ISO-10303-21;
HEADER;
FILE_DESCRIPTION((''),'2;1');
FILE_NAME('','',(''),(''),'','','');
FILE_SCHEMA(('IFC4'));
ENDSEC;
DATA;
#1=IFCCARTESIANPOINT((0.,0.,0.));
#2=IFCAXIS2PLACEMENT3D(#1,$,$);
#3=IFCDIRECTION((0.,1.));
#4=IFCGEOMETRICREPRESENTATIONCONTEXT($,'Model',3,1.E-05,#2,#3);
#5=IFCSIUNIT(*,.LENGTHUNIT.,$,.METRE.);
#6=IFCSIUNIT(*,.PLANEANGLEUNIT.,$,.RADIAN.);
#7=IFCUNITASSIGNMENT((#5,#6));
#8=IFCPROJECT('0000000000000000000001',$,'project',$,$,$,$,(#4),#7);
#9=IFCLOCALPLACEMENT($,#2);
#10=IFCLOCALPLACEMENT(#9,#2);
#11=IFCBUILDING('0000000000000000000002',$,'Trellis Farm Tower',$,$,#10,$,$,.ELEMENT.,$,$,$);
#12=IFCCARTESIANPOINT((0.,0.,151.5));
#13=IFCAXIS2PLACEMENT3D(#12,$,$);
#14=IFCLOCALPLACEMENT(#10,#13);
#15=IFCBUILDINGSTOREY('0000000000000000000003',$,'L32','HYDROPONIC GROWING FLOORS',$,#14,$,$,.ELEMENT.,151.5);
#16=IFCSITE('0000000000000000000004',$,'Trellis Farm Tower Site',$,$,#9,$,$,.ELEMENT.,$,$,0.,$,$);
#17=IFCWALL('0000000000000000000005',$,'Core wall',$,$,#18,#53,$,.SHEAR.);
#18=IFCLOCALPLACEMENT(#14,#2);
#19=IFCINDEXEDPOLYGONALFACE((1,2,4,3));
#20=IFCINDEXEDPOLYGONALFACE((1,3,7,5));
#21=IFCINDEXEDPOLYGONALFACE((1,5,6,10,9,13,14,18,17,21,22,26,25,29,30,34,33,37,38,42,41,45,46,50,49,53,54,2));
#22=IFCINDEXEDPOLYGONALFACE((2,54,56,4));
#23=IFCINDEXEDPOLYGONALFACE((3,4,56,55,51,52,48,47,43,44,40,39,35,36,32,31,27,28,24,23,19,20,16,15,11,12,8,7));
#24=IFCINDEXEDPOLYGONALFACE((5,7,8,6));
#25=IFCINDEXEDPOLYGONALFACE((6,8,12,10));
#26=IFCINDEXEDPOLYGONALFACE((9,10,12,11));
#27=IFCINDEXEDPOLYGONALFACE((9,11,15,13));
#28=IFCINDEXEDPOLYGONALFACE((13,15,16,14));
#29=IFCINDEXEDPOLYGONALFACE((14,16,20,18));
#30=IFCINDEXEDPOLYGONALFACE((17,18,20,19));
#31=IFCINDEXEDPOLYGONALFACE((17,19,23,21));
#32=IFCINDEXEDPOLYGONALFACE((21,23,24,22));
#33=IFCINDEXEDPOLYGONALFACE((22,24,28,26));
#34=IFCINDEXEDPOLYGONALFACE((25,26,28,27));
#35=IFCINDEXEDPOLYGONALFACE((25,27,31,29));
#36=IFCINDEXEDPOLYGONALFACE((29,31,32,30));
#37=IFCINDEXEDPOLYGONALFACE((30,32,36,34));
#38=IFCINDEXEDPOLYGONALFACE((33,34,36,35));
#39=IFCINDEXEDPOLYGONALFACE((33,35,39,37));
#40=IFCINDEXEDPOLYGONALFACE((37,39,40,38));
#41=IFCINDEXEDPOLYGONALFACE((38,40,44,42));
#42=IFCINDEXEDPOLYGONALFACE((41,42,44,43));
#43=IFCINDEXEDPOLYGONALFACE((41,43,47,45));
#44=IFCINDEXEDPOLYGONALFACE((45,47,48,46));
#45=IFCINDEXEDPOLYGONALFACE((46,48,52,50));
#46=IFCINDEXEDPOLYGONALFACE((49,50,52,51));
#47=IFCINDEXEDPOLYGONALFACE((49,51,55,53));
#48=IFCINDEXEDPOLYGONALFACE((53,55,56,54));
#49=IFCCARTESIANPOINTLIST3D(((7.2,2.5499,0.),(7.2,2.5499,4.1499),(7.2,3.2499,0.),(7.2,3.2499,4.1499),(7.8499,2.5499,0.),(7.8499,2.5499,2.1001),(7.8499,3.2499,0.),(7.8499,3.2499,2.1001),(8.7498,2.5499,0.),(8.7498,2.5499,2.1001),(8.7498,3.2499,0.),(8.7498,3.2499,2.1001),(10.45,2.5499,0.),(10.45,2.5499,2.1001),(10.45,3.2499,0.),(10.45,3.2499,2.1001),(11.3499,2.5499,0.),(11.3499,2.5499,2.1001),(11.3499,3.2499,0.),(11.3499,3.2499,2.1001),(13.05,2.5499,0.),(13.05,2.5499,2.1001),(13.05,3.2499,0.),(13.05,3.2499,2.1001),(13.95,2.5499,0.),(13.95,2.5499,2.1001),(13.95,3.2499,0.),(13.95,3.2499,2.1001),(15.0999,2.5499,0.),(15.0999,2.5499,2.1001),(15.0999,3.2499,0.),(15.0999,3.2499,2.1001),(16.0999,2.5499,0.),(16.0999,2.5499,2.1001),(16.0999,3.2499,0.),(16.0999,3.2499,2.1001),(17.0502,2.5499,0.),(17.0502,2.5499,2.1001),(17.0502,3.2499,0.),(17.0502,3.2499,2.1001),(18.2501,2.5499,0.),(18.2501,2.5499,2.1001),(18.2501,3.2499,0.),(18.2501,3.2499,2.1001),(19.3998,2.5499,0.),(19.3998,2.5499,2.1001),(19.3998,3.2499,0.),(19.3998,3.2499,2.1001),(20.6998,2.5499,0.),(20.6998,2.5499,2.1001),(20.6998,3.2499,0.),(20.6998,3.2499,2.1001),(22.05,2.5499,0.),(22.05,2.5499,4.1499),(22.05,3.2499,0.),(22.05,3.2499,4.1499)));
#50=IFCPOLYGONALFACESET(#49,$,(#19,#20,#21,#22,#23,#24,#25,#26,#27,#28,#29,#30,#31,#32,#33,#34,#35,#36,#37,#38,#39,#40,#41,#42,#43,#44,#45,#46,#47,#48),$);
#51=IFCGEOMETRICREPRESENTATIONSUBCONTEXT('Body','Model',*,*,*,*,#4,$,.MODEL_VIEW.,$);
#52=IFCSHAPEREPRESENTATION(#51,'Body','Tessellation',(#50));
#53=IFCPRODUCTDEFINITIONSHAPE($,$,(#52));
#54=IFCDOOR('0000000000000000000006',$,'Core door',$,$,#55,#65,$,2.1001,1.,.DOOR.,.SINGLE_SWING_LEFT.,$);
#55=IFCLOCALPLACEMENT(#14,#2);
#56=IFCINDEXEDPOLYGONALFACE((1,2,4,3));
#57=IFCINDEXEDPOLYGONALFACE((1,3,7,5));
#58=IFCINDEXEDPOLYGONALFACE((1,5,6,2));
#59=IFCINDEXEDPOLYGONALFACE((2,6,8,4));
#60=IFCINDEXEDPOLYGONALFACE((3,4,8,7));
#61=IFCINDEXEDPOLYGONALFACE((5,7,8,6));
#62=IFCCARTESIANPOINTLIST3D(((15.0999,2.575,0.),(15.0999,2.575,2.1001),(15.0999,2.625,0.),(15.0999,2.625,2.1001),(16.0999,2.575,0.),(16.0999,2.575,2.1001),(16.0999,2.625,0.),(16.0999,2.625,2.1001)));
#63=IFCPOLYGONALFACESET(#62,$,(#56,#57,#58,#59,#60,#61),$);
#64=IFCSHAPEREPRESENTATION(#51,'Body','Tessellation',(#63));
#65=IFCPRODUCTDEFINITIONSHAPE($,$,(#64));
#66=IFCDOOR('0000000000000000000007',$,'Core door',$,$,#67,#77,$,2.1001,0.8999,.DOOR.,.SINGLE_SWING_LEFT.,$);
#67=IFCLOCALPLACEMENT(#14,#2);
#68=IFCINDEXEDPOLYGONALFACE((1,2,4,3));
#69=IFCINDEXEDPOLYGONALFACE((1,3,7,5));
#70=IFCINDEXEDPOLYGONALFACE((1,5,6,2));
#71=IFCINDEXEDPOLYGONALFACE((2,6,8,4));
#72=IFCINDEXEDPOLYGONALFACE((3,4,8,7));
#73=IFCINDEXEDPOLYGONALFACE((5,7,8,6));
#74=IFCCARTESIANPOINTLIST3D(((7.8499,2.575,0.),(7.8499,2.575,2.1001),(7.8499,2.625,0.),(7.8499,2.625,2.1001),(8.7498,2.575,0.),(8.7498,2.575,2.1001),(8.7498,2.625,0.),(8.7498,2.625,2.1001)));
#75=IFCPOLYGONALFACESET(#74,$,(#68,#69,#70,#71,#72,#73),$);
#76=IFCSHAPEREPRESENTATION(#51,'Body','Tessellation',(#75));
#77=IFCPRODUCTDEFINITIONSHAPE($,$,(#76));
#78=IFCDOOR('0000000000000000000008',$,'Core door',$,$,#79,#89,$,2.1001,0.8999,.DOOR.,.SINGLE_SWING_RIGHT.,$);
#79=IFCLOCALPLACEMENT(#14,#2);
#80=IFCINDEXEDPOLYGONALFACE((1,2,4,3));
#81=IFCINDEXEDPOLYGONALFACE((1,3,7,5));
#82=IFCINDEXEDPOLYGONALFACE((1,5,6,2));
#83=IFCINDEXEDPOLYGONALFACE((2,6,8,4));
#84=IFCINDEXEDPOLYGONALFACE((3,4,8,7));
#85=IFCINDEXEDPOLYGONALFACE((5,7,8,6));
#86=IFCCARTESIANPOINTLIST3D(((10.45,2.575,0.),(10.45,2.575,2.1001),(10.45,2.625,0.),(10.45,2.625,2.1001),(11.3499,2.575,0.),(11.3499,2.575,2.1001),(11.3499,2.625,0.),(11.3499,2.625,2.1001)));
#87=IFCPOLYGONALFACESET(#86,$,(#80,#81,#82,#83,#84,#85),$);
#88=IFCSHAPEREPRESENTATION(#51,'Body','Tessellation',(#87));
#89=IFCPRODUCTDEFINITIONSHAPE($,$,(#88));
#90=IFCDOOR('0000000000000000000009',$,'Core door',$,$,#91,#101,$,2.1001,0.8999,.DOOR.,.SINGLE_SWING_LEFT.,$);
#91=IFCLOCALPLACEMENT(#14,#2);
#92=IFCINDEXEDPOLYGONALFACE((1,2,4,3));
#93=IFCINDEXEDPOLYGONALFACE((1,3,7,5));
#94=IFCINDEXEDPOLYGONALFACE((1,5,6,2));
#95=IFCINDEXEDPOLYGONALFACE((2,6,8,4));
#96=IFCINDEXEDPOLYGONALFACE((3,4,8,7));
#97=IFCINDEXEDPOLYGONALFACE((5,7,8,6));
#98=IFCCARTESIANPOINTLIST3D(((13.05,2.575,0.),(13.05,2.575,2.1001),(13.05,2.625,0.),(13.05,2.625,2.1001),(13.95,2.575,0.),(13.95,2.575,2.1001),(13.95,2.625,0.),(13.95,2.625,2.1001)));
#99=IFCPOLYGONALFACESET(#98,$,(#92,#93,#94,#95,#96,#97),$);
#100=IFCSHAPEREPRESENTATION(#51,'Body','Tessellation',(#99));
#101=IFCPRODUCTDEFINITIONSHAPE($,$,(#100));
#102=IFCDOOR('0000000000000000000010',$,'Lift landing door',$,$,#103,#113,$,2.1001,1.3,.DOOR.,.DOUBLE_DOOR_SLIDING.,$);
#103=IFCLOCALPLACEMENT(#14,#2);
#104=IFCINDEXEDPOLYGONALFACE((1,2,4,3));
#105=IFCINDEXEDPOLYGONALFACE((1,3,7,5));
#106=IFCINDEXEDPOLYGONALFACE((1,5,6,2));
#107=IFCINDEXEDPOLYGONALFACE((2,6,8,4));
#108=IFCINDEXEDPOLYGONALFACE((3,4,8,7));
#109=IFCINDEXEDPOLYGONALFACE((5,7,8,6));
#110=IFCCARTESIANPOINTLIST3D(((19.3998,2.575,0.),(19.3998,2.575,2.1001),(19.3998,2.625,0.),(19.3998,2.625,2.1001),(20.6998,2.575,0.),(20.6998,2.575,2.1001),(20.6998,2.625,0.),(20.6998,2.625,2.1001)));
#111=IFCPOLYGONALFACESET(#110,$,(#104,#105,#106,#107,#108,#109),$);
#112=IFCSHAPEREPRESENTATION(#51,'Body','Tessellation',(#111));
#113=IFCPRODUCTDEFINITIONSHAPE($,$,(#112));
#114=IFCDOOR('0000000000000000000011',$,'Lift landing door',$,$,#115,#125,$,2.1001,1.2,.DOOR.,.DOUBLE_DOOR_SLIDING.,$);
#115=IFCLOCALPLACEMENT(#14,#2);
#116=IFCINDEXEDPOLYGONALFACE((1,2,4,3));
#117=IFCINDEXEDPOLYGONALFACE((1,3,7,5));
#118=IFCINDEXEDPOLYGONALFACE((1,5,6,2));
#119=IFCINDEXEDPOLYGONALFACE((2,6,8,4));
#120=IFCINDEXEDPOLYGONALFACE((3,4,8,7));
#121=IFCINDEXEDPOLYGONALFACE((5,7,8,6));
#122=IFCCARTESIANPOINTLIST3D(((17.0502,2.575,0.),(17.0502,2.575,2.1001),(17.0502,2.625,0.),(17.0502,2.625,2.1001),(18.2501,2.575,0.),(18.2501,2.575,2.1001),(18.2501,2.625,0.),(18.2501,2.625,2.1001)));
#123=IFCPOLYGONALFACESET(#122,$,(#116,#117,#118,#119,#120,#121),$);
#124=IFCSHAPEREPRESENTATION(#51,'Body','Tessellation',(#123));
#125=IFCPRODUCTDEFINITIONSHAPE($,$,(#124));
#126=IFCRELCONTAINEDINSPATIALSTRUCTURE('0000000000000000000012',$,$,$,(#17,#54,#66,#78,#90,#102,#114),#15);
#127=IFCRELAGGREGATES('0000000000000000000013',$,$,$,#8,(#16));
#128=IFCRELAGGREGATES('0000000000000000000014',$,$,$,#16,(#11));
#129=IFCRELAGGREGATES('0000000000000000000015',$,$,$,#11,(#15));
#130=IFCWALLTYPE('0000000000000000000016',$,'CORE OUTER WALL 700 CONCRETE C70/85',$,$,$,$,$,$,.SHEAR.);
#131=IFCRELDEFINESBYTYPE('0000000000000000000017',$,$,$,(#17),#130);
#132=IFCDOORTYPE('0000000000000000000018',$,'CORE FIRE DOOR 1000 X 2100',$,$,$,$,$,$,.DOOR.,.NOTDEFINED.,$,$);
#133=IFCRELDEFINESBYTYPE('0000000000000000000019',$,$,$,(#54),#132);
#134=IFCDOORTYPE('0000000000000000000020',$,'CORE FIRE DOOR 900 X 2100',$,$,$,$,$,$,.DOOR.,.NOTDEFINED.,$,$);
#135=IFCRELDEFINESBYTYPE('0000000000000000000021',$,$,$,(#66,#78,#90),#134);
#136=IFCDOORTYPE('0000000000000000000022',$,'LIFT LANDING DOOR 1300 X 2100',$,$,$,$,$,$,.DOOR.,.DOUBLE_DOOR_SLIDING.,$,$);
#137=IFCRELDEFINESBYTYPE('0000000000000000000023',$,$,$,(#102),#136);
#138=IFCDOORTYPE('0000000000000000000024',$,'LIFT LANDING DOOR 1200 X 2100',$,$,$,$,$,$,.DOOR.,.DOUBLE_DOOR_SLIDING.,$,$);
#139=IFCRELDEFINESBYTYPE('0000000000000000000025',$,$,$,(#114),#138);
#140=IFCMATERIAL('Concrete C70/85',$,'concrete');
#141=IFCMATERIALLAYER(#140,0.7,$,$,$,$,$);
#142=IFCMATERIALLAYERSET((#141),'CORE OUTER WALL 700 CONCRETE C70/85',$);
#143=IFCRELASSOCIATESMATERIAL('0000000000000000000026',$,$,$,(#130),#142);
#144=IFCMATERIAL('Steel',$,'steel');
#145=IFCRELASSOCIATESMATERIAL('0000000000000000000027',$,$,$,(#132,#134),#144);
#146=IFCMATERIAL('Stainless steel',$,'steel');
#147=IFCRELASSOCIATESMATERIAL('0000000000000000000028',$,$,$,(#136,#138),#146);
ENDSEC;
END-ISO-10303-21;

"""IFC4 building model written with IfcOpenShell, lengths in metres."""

from ifc_helpers import new_model, si_unit, direction, frame, frame_2d, origin, place, context, subcontext, project, spatial, rectangle, extrude, source, transform, mapped, material, layer, layer_set, type_object, element, fill, save


model = new_model("IFC4")

# Units and contexts
model_context = context("Model", 3, precision=1e-05, world=origin(), true_north=direction((0.0, 1.0)))
body_context = subcontext(model_context, "Body", "Model", "MODEL_VIEW")
ifc_project = project(units=[si_unit("LENGTHUNIT", "METRE"), si_unit("PLANEANGLEUNIT", "RADIAN")], contexts=[model_context])

# Site, building, storey
site_placement = place(None, origin())
site = spatial("IfcSite", under=ifc_project, at=site_placement, Name="Trellis Farm Tower Site", CompositionType="ELEMENT", RefElevation=0.0)
building_placement = place(site_placement, origin())
building = spatial("IfcBuilding", under=site, at=building_placement, Name="Trellis Farm Tower", CompositionType="ELEMENT")
storey_placement = place(building_placement, frame((0.0, 0.0, 151.5)))
storey = spatial("IfcBuildingStorey", under=building, at=storey_placement, Name="L32", Description="HYDROPONIC GROWING FLOORS", CompositionType="ELEMENT", Elevation=151.5)

# Shared definitions
ifc_material_1 = material(Name="Concrete C70/85", Category="concrete")

# Wall, openings, doors
ifc_layer_1 = layer(ifc_material_1, 0.7)
ifc_layer_set_1 = layer_set([ifc_layer_1], Name="CORE OUTER WALL 700 CONCRETE C70/85")
wall_type_1 = type_object("IfcWallType", Name="CORE OUTER WALL 700 CONCRETE C70/85", PredefinedType="SHEAR", material=ifc_layer_set_1)
shared_shape_1 = source(origin(), body_context, "Body", "SweptSolid", [
    extrude(rectangle(XDim=14.8501, YDim=0.7, at=frame_2d((7.425, 0.0))), origin(), (0.0, 0.0, 1.0), 4.1499),
])
wall_1_placement = place(storey_placement, frame((7.2, 2.8999, 0.0), z_axis=(0.0, 0.0, 1.0), x_axis=(1.0, 0.0, 0.0)))
wall_1 = element("IfcWall", 1, at=wall_1_placement, inside=storey, type_object=wall_type_1, Name="Core wall", PredefinedType="SHEAR", context=body_context, shape_type="MappedRepresentation", body=[
    mapped(shared_shape_1, transform((0.0, 0.0, 0.0))),
])
shared_shape_2 = source(origin(), body_context, "Body", "SweptSolid", [
    extrude(rectangle(XDim=1.3, YDim=2.1001, at=frame_2d((0.6499, 1.05))), frame((0.0, 0.3601, 0.0), z_axis=(0.0, -1.0, 0.0), x_axis=(1.0, 0.0, 0.0)), (0.0, 0.0, 1.0), 0.7202),
])
opening_1_placement = place(wall_1_placement, frame((12.2, 0.0, 0.0)))
opening_1 = element("IfcOpeningElement", 2, at=opening_1_placement, cuts=wall_1, PredefinedType="OPENING", context=body_context, shape_type="MappedRepresentation", body=[
    mapped(shared_shape_2, transform((0.0, 0.0, 0.0))),
])
shared_shape_3 = source(origin(), body_context, "Body", "SweptSolid", [
    extrude(rectangle(XDim=1.2, YDim=2.1001, at=frame_2d((0.6001, 1.05))), frame((0.0, 0.3601, 0.0), z_axis=(0.0, -1.0, 0.0), x_axis=(1.0, 0.0, 0.0)), (0.0, 0.0, 1.0), 0.7202),
])
opening_2_placement = place(wall_1_placement, frame((9.8501, 0.0, 0.0)))
opening_2 = element("IfcOpeningElement", 3, at=opening_2_placement, cuts=wall_1, PredefinedType="OPENING", context=body_context, shape_type="MappedRepresentation", body=[
    mapped(shared_shape_3, transform((0.0, 0.0, 0.0))),
])
shared_shape_4 = source(origin(), body_context, "Body", "SweptSolid", [
    extrude(rectangle(XDim=1.0, YDim=2.1001, at=frame_2d((0.5, 1.05))), frame((0.0, 0.3601, 0.0), z_axis=(0.0, -1.0, 0.0), x_axis=(1.0, 0.0, 0.0)), (0.0, 0.0, 1.0), 0.7202),
])
opening_3_placement = place(wall_1_placement, frame((7.8999, 0.0, 0.0)))
opening_3 = element("IfcOpeningElement", 4, at=opening_3_placement, cuts=wall_1, PredefinedType="OPENING", context=body_context, shape_type="MappedRepresentation", body=[
    mapped(shared_shape_4, transform((0.0, 0.0, 0.0))),
])
shared_shape_5 = source(origin(), body_context, "Body", "SweptSolid", [
    extrude(rectangle(XDim=0.8999, YDim=2.1001, at=frame_2d((0.45, 1.05))), frame((0.0, 0.3601, 0.0), z_axis=(0.0, -1.0, 0.0), x_axis=(1.0, 0.0, 0.0)), (0.0, 0.0, 1.0), 0.7202),
])
opening_4_placement = place(wall_1_placement, frame((0.6499, 0.0, 0.0)))
opening_4 = element("IfcOpeningElement", 5, at=opening_4_placement, cuts=wall_1, PredefinedType="OPENING", context=body_context, shape_type="MappedRepresentation", body=[
    mapped(shared_shape_5, transform((0.0, 0.0, 0.0))),
])
opening_5_placement = place(wall_1_placement, frame((3.25, 0.0, 0.0)))
opening_5 = element("IfcOpeningElement", 6, at=opening_5_placement, cuts=wall_1, PredefinedType="OPENING", context=body_context, shape_type="MappedRepresentation", body=[
    mapped(shared_shape_5, transform((0.0, 0.0, 0.0))),
])
opening_6_placement = place(wall_1_placement, frame((5.8501, 0.0, 0.0)))
opening_6 = element("IfcOpeningElement", 7, at=opening_6_placement, cuts=wall_1, PredefinedType="OPENING", context=body_context, shape_type="MappedRepresentation", body=[
    mapped(shared_shape_5, transform((0.0, 0.0, 0.0))),
])
ifc_material_2 = material(Name="Steel", Category="steel")
door_type_1 = type_object("IfcDoorType", Name="CORE FIRE DOOR 1000 X 2100", OperationType="NOTDEFINED", PredefinedType="DOOR", material=ifc_material_2)
shared_shape_6 = source(origin(), body_context, "Body", "SweptSolid", [
    extrude(rectangle(XDim=1.0, YDim=2.1001, at=frame_2d((0.5, 1.05))), frame((0.0, -0.2749, 0.0), z_axis=(0.0, -1.0, 0.0), x_axis=(1.0, 0.0, 0.0)), (0.0, 0.0, 1.0), 0.05),
])
door_1_placement = place(opening_3_placement, origin())
door_1 = element("IfcDoor", 8, at=door_1_placement, inside=storey, type_object=door_type_1, Name="Core door", OperationType="SINGLE_SWING_LEFT", OverallHeight=2.1001, OverallWidth=1.0, PredefinedType="DOOR", context=body_context, shape_type="MappedRepresentation", body=[
    mapped(shared_shape_6, transform((0.0, 0.0, 0.0))),
])
fill(opening_3, door_1)
door_type_2 = type_object("IfcDoorType", Name="CORE FIRE DOOR 900 X 2100", OperationType="NOTDEFINED", PredefinedType="DOOR", material=ifc_material_2)
shared_shape_7 = source(origin(), body_context, "Body", "SweptSolid", [
    extrude(rectangle(XDim=0.8999, YDim=2.1001, at=frame_2d((0.45, 1.05))), frame((0.0, -0.2749, 0.0), z_axis=(0.0, -1.0, 0.0), x_axis=(1.0, 0.0, 0.0)), (0.0, 0.0, 1.0), 0.05),
])
door_2_placement = place(opening_4_placement, origin())
door_2 = element("IfcDoor", 9, at=door_2_placement, inside=storey, type_object=door_type_2, Name="Core door", OperationType="SINGLE_SWING_LEFT", OverallHeight=2.1001, OverallWidth=0.8999, PredefinedType="DOOR", context=body_context, shape_type="MappedRepresentation", body=[
    mapped(shared_shape_7, transform((0.0, 0.0, 0.0))),
])
fill(opening_4, door_2)
door_3_placement = place(opening_5_placement, origin())
door_3 = element("IfcDoor", 10, at=door_3_placement, inside=storey, type_object=door_type_2, Name="Core door", OperationType="SINGLE_SWING_RIGHT", OverallHeight=2.1001, OverallWidth=0.8999, PredefinedType="DOOR", context=body_context, shape_type="MappedRepresentation", body=[
    mapped(shared_shape_7, transform((0.0, 0.0, 0.0))),
])
fill(opening_5, door_3)
door_4_placement = place(opening_6_placement, origin())
door_4 = element("IfcDoor", 11, at=door_4_placement, inside=storey, type_object=door_type_2, Name="Core door", OperationType="SINGLE_SWING_LEFT", OverallHeight=2.1001, OverallWidth=0.8999, PredefinedType="DOOR", context=body_context, shape_type="MappedRepresentation", body=[
    mapped(shared_shape_7, transform((0.0, 0.0, 0.0))),
])
fill(opening_6, door_4)
ifc_material_3 = material(Name="Stainless steel", Category="steel")
door_type_3 = type_object("IfcDoorType", Name="LIFT LANDING DOOR 1300 X 2100", OperationType="DOUBLE_DOOR_SLIDING", PredefinedType="DOOR", material=ifc_material_3)
shared_shape_8 = source(origin(), body_context, "Body", "SweptSolid", [
    extrude(rectangle(XDim=1.3, YDim=2.1001, at=frame_2d((0.6499, 1.05))), frame((0.0, -0.2749, 0.0), z_axis=(0.0, -1.0, 0.0), x_axis=(1.0, 0.0, 0.0)), (0.0, 0.0, 1.0), 0.05),
])
door_5_placement = place(opening_1_placement, origin())
door_5 = element("IfcDoor", 12, at=door_5_placement, inside=storey, type_object=door_type_3, Name="Lift landing door", OperationType="DOUBLE_DOOR_SLIDING", OverallHeight=2.1001, OverallWidth=1.3, PredefinedType="DOOR", context=body_context, shape_type="MappedRepresentation", body=[
    mapped(shared_shape_8, transform((0.0, 0.0, 0.0))),
])
fill(opening_1, door_5)
door_type_4 = type_object("IfcDoorType", Name="LIFT LANDING DOOR 1200 X 2100", OperationType="DOUBLE_DOOR_SLIDING", PredefinedType="DOOR", material=ifc_material_3)
shared_shape_9 = source(origin(), body_context, "Body", "SweptSolid", [
    extrude(rectangle(XDim=1.2, YDim=2.1001, at=frame_2d((0.6001, 1.05))), frame((0.0, -0.2749, 0.0), z_axis=(0.0, -1.0, 0.0), x_axis=(1.0, 0.0, 0.0)), (0.0, 0.0, 1.0), 0.05),
])
door_6_placement = place(opening_2_placement, origin())
door_6 = element("IfcDoor", 13, at=door_6_placement, inside=storey, type_object=door_type_4, Name="Lift landing door", OperationType="DOUBLE_DOOR_SLIDING", OverallHeight=2.1001, OverallWidth=1.2, PredefinedType="DOOR", context=body_context, shape_type="MappedRepresentation", body=[
    mapped(shared_shape_9, transform((0.0, 0.0, 0.0))),
])
fill(opening_2, door_6)

save(model, "model.ifc")
